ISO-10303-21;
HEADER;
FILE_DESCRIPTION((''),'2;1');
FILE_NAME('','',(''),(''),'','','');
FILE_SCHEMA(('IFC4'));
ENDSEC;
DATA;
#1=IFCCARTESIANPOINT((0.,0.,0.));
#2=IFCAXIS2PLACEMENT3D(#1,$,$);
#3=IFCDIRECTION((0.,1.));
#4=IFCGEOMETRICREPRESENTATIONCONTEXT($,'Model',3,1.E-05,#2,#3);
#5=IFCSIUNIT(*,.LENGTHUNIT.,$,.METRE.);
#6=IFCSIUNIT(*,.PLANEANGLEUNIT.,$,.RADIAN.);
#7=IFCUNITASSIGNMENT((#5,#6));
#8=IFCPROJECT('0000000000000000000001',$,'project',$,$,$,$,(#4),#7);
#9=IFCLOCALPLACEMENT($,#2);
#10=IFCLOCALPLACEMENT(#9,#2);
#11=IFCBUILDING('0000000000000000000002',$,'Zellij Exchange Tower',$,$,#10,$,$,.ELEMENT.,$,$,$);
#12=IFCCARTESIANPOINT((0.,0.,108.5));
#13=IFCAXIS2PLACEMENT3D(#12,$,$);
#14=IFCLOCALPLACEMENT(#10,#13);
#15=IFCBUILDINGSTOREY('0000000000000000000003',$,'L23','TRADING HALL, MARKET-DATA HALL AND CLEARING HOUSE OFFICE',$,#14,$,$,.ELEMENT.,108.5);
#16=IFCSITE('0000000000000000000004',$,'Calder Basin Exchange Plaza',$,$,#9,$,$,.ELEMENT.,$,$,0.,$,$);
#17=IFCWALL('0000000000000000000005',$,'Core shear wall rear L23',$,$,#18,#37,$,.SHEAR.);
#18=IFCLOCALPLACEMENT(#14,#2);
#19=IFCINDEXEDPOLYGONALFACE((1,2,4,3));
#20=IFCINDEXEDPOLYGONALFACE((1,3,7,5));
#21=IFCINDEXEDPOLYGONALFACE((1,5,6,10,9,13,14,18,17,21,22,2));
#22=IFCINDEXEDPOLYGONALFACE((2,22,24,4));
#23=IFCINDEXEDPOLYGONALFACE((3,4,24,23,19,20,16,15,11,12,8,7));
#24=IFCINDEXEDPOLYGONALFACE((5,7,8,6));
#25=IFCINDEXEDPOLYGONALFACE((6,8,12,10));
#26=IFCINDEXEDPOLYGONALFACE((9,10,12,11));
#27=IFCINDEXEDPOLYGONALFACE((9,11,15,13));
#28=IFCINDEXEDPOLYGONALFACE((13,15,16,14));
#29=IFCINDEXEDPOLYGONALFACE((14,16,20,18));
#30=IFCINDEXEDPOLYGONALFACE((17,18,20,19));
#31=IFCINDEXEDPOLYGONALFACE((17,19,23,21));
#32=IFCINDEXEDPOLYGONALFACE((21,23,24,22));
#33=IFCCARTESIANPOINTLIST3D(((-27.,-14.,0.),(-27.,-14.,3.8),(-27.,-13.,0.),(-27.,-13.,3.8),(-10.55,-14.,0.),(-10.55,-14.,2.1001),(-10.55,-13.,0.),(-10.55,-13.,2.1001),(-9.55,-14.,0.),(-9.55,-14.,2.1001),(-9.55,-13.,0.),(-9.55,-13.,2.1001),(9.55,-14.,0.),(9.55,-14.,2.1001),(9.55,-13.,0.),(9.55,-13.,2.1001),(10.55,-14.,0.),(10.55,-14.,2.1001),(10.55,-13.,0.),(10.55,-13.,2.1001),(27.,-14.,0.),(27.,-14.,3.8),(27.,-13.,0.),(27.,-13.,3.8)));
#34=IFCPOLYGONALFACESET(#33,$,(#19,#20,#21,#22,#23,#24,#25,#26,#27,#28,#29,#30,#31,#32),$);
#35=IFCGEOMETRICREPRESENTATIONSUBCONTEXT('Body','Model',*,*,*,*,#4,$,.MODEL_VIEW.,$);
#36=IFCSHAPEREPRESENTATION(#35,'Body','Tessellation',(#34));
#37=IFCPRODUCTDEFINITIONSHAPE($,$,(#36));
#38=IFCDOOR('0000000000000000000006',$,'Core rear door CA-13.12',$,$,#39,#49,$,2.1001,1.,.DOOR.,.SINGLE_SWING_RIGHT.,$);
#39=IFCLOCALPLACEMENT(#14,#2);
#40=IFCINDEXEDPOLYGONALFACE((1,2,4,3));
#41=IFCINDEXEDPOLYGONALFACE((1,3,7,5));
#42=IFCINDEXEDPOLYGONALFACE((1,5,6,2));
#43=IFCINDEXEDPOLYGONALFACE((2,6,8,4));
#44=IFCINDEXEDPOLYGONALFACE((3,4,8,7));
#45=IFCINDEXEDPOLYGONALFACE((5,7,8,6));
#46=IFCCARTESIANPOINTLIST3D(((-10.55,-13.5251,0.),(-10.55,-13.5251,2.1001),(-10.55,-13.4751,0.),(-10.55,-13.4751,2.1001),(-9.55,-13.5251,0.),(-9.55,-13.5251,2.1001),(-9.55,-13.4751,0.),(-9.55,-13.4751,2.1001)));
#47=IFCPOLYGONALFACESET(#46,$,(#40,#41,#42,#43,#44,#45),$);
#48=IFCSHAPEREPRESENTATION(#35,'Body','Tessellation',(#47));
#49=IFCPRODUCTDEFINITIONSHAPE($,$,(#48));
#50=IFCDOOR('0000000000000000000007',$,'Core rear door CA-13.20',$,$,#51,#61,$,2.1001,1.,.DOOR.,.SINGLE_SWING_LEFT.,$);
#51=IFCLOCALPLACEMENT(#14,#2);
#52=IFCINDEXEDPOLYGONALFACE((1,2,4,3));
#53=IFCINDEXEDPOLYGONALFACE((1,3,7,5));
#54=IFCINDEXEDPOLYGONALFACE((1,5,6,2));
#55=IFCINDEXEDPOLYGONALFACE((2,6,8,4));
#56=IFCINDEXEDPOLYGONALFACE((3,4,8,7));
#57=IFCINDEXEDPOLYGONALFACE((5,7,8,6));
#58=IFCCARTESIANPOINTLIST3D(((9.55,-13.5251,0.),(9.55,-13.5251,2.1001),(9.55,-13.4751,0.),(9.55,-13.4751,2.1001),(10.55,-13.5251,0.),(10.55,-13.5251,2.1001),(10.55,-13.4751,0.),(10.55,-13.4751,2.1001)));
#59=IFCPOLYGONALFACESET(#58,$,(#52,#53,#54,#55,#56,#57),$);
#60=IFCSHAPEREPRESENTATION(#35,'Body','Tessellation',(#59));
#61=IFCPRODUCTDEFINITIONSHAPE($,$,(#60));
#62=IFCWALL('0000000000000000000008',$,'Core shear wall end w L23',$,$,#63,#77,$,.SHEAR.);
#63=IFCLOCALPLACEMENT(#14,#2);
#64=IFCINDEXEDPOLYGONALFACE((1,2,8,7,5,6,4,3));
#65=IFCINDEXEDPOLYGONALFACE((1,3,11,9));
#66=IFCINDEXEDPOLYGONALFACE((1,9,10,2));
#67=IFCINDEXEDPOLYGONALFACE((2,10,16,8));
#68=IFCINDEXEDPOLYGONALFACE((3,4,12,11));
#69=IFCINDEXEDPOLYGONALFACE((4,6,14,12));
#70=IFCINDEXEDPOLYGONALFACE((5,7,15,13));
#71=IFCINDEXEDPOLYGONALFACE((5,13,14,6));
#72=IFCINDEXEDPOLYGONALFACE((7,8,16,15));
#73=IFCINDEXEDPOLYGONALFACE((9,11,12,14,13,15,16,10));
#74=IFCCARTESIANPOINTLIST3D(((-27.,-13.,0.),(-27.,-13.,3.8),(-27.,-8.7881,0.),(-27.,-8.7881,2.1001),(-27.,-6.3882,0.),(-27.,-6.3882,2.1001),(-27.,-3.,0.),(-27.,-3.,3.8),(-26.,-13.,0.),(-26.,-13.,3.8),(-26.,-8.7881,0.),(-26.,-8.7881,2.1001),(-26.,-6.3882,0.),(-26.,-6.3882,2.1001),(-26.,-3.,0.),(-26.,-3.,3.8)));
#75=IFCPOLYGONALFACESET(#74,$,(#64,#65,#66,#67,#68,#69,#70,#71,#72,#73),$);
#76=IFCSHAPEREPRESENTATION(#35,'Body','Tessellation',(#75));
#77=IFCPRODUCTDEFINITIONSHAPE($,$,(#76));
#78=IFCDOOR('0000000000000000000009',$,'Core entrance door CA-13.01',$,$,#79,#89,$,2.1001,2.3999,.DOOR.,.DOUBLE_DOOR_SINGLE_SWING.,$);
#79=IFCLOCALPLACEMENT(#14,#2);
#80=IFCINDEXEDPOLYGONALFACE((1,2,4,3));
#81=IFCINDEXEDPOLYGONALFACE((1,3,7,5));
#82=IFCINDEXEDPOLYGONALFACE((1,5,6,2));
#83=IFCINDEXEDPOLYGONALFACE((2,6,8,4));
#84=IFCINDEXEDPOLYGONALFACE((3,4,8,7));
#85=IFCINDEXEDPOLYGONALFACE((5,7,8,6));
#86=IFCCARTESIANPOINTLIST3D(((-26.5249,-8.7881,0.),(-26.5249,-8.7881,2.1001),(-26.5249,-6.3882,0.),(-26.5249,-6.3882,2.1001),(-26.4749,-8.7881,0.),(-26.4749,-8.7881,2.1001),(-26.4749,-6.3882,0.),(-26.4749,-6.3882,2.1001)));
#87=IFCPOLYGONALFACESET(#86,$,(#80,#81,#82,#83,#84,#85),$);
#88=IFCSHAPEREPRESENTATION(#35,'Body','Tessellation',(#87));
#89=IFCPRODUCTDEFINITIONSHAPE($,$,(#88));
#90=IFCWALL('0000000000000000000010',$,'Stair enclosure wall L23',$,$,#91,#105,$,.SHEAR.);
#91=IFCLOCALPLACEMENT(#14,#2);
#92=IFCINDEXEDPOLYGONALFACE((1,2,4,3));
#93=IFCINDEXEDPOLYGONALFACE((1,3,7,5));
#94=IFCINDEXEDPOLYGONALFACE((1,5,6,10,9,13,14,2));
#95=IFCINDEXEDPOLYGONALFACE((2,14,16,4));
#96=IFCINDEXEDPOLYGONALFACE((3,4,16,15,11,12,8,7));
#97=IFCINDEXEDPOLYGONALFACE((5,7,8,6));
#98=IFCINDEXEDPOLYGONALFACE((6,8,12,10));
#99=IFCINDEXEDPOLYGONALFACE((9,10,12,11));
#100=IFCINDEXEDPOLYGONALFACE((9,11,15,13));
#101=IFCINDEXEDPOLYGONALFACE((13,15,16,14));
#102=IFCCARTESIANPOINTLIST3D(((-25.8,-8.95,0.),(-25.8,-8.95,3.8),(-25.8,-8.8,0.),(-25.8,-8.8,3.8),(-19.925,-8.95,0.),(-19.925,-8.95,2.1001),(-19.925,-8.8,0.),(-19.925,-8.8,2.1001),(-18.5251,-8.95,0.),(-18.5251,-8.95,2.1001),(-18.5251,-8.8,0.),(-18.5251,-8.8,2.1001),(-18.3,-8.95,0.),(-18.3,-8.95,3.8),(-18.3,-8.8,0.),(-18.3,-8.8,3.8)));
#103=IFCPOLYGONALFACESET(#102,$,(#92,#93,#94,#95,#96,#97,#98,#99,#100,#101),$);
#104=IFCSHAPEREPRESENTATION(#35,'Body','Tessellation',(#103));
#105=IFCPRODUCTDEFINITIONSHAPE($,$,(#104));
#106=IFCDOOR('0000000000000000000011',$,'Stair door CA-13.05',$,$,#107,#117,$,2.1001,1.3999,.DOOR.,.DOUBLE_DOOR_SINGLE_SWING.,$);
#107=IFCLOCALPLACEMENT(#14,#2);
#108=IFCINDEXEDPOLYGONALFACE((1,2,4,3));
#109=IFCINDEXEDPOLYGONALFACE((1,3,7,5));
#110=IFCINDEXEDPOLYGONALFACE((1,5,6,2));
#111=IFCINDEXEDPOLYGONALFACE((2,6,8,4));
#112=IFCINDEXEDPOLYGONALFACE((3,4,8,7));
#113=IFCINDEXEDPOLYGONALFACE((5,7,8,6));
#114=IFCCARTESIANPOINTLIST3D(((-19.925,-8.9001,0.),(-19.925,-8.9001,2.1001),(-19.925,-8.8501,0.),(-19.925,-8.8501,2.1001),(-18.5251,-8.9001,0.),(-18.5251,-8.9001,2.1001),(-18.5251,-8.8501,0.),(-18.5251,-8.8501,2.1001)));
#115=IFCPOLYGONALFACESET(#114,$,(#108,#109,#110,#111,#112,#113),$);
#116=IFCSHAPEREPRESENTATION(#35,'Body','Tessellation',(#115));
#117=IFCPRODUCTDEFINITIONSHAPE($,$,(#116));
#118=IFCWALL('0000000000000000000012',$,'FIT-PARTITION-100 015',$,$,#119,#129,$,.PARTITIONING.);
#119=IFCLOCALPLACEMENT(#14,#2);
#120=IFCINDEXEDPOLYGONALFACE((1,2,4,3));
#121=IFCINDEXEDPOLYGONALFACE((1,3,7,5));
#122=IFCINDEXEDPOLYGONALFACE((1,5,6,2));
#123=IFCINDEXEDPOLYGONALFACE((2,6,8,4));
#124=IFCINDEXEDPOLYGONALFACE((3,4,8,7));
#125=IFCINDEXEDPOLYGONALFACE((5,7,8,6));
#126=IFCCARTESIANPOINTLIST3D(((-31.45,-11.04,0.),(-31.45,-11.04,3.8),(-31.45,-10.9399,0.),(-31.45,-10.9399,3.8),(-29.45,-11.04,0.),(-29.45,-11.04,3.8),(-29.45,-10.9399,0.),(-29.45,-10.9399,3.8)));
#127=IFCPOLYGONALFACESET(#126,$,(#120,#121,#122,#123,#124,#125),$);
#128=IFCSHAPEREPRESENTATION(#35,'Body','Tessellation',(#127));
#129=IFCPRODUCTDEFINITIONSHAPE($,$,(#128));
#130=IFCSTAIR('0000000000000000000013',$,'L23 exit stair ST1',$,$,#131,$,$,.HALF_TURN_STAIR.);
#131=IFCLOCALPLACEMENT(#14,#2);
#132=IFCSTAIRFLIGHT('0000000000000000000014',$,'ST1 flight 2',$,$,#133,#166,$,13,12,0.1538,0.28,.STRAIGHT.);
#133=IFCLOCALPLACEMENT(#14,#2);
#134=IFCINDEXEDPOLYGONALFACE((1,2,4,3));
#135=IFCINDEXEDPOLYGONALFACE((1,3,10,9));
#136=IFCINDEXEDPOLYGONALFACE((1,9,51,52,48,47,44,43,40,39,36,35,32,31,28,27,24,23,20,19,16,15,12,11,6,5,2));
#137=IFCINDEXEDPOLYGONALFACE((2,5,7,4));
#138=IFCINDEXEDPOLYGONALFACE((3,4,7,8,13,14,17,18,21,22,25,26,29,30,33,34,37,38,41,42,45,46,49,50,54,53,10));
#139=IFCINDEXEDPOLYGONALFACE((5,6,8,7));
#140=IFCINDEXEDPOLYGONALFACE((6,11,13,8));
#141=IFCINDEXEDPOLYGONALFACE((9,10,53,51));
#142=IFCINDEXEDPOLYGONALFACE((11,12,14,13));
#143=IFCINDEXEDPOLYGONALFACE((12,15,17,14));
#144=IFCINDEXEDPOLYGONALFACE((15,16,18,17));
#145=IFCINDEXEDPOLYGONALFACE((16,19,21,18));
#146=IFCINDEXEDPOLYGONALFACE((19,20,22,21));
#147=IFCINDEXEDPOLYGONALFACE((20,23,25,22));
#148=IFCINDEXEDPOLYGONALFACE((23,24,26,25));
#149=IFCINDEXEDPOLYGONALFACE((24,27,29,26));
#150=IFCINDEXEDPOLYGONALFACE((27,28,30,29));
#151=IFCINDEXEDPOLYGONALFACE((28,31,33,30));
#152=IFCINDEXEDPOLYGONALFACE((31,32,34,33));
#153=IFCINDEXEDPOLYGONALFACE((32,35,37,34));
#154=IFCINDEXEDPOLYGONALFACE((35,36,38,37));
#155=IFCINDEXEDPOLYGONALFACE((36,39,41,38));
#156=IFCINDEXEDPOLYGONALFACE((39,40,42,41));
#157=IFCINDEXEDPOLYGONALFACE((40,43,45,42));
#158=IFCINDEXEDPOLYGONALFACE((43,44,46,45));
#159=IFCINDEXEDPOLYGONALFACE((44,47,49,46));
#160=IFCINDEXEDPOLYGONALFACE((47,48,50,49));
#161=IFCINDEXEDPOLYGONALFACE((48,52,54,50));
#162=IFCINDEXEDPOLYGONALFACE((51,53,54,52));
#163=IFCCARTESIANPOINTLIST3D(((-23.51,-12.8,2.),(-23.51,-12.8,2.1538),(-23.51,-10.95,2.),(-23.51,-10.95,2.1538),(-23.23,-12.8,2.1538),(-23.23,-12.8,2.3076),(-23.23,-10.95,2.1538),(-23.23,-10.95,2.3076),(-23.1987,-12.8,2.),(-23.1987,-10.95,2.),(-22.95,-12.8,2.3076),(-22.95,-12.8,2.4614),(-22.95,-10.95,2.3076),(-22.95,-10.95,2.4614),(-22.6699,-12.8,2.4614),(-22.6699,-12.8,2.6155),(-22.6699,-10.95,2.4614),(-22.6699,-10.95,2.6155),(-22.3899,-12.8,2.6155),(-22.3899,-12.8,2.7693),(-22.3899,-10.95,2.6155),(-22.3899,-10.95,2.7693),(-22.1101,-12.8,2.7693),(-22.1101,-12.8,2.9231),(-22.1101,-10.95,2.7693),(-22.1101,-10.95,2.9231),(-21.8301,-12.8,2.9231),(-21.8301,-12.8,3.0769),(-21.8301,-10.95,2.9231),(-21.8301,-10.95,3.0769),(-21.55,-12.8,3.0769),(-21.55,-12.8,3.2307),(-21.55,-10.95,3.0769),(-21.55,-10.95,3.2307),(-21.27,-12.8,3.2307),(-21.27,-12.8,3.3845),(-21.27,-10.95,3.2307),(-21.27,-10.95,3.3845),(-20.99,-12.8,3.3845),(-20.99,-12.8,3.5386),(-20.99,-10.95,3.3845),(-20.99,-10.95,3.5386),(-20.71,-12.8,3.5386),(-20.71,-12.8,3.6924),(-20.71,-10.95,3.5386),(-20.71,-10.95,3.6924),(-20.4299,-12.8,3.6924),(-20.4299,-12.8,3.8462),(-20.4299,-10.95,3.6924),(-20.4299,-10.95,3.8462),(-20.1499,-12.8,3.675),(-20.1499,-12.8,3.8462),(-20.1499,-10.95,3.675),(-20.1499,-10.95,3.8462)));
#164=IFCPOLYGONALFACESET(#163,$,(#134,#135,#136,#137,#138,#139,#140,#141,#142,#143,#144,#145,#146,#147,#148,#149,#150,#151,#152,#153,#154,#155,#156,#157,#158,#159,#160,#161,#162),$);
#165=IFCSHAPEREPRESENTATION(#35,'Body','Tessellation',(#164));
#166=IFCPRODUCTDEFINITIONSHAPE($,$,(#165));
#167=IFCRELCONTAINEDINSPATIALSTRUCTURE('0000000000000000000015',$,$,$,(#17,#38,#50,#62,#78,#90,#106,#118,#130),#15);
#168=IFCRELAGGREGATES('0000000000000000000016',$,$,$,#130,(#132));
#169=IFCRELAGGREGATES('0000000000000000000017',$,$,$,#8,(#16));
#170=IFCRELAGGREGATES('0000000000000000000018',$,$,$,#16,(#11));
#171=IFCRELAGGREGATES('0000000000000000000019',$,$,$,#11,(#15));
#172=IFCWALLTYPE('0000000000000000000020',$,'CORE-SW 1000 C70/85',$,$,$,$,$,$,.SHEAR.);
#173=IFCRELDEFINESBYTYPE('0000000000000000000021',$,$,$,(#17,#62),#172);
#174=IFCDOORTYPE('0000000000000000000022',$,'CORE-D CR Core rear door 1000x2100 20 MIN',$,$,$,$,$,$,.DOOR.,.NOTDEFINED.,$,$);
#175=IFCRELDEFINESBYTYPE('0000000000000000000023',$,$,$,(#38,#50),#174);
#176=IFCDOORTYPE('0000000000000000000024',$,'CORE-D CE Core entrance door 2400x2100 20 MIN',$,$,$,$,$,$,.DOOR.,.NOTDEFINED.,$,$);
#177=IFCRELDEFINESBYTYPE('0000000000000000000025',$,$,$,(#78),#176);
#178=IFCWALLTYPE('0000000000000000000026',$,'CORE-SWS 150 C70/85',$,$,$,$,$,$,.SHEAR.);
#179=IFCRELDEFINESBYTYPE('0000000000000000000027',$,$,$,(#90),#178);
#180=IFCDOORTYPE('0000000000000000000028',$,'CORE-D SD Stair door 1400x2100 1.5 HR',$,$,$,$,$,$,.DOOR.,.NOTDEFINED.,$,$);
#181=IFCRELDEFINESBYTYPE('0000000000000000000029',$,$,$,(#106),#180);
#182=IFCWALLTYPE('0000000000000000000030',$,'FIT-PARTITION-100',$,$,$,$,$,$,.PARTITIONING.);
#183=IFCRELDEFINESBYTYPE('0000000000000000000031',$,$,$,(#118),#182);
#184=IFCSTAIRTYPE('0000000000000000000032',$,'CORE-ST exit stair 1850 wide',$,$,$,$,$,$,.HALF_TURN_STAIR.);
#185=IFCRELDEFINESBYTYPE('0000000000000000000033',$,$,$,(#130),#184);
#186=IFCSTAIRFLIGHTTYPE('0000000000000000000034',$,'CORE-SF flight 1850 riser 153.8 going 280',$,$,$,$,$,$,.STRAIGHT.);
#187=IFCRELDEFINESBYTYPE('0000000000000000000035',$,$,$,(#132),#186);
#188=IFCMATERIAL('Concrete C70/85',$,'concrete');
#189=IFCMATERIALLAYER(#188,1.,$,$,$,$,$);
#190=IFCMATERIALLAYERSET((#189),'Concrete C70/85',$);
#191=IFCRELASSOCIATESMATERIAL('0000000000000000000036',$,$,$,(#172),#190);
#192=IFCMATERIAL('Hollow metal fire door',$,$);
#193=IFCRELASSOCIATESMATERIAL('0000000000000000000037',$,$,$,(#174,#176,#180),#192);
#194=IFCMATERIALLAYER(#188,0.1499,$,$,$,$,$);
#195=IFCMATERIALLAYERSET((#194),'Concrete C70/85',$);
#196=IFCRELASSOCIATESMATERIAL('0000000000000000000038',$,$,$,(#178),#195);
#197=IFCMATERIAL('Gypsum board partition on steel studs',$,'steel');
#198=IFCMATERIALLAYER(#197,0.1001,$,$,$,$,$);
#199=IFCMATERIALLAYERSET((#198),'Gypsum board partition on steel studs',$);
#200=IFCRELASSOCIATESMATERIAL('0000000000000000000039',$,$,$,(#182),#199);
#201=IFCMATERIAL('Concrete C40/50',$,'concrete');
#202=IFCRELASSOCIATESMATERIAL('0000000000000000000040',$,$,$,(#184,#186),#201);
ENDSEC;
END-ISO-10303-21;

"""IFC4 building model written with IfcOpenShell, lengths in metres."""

from ifc_helpers import new_model, si_unit, direction, frame, frame_2d, origin, place, context, subcontext, project, spatial, polyline, rectangle, outline, extrude, material, layer, layer_set, type_object, element, fill, aggregate, save


model = new_model("IFC4")

# Units and contexts
model_context = context("Model", 3, precision=1e-05, world=origin(), true_north=direction((0.0, 1.0)))
body_context = subcontext(model_context, "Body", "Model", "MODEL_VIEW")
ifc_project = project(units=[si_unit("LENGTHUNIT", "METRE"), si_unit("PLANEANGLEUNIT", "RADIAN")], contexts=[model_context])

# Site, building, storey
site_placement = place(None, origin())
site = spatial("IfcSite", under=ifc_project, at=site_placement, Name="Calder Basin Exchange Plaza", CompositionType="ELEMENT", RefElevation=0.0)
building_placement = place(site_placement, origin())
building = spatial("IfcBuilding", under=site, at=building_placement, Name="Zellij Exchange Tower", CompositionType="ELEMENT")
storey_placement = place(building_placement, frame((0.0, 0.0, 108.5)))
storey = spatial("IfcBuildingStorey", under=building, at=storey_placement, Name="L23", Description="TRADING HALL, MARKET-DATA HALL AND CLEARING HOUSE OFFICE", CompositionType="ELEMENT", Elevation=108.5)

# Wall, openings, doors
ifc_material_1 = material(Name="Hollow metal fire door")
ifc_material_2 = material(Name="Concrete C70/85", Category="concrete")
ifc_layer_1 = layer(ifc_material_2, 1.0)
ifc_layer_set_1 = layer_set([ifc_layer_1], Name="Concrete C70/85")
wall_type_1 = type_object("IfcWallType", Name="CORE-SW 1000 C70/85", PredefinedType="SHEAR", material=ifc_layer_set_1)
wall_1_placement = place(storey_placement, frame((-27.0, -13.5, 0.0), z_axis=(0.0, 0.0, 1.0), x_axis=(1.0, 0.0, 0.0)))
wall_1 = element("IfcWall", 1, at=wall_1_placement, inside=storey, type_object=wall_type_1, Name="Core shear wall rear L23", PredefinedType="SHEAR", context=body_context, shape_type="SweptSolid", body=[
    extrude(rectangle(XDim=54.0, YDim=1.0, at=frame_2d((27.0, 0.0))), origin(), (0.0, 0.0, 1.0), 3.8),
])
opening_1_placement = place(wall_1_placement, frame((16.45, 0.0, 0.0)))
opening_1 = element("IfcOpeningElement", 2, at=opening_1_placement, cuts=wall_1, PredefinedType="OPENING", context=body_context, shape_type="SweptSolid", body=[
    extrude(rectangle(XDim=1.0, YDim=2.1001, at=frame_2d((0.5, 1.05))), frame((0.0, 0.512, 0.0), z_axis=(0.0, -1.0, 0.0), x_axis=(1.0, 0.0, 0.0)), (0.0, 0.0, 1.0), 1.0239),
])
opening_2_placement = place(wall_1_placement, frame((36.55, 0.0, 0.0)))
opening_2 = element("IfcOpeningElement", 3, at=opening_2_placement, cuts=wall_1, PredefinedType="OPENING", context=body_context, shape_type="SweptSolid", body=[
    extrude(rectangle(XDim=1.0, YDim=2.1001, at=frame_2d((0.5, 1.05))), frame((0.0, 0.512, 0.0), z_axis=(0.0, -1.0, 0.0), x_axis=(1.0, 0.0, 0.0)), (0.0, 0.0, 1.0), 1.0239),
])
door_type_1 = type_object("IfcDoorType", Name="CORE-D CR Core rear door 1000x2100 20 MIN", OperationType="NOTDEFINED", PredefinedType="DOOR", material=ifc_material_1)
door_1_placement = place(opening_1_placement, origin())
door_1 = element("IfcDoor", 4, at=door_1_placement, inside=storey, type_object=door_type_1, Name="Core rear door CA-13.12", OperationType="SINGLE_SWING_RIGHT", OverallHeight=2.1001, OverallWidth=1.0, PredefinedType="DOOR", context=body_context, shape_type="SweptSolid", body=[
    extrude(rectangle(XDim=1.0, YDim=2.1001, at=frame_2d((0.5, 1.05))), frame((0.0, 0.0249, 0.0), z_axis=(0.0, -1.0, 0.0), x_axis=(1.0, 0.0, 0.0)), (0.0, 0.0, 1.0), 0.05),
])
fill(opening_1, door_1)
door_2_placement = place(opening_2_placement, origin())
door_2 = element("IfcDoor", 5, at=door_2_placement, inside=storey, type_object=door_type_1, Name="Core rear door CA-13.20", OperationType="SINGLE_SWING_LEFT", OverallHeight=2.1001, OverallWidth=1.0, PredefinedType="DOOR", context=body_context, shape_type="SweptSolid", body=[
    extrude(rectangle(XDim=1.0, YDim=2.1001, at=frame_2d((0.5, 1.05))), frame((0.0, 0.0249, 0.0), z_axis=(0.0, -1.0, 0.0), x_axis=(1.0, 0.0, 0.0)), (0.0, 0.0, 1.0), 0.05),
])
fill(opening_2, door_2)

# Walls, openings, doors
wall_2_placement = place(storey_placement, frame((-26.5, -13.0, 0.0), z_axis=(0.0, 0.0, 1.0), x_axis=(0.0, 1.0, 0.0)))
wall_2 = element("IfcWall", 6, at=wall_2_placement, inside=storey, type_object=wall_type_1, Name="Core shear wall end w L23", PredefinedType="SHEAR", context=body_context, shape_type="SweptSolid", body=[
    extrude(rectangle(XDim=10.0, YDim=1.0, at=frame_2d((5.0, 0.0))), origin(), (0.0, 0.0, 1.0), 3.8),
])
opening_3_placement = place(wall_2_placement, frame((4.2119, 0.0, 0.0)))
opening_3 = element("IfcOpeningElement", 7, at=opening_3_placement, cuts=wall_2, PredefinedType="OPENING", context=body_context, shape_type="SweptSolid", body=[
    extrude(rectangle(XDim=2.3999, YDim=2.1001, at=frame_2d((1.2, 1.05))), frame((0.0, 0.512, 0.0), z_axis=(0.0, -1.0, 0.0), x_axis=(1.0, 0.0, 0.0)), (0.0, 0.0, 1.0), 1.0239),
])
door_type_2 = type_object("IfcDoorType", Name="CORE-D CE Core entrance door 2400x2100 20 MIN", OperationType="NOTDEFINED", PredefinedType="DOOR", material=ifc_material_1)
door_3_placement = place(opening_3_placement, origin())
door_3 = element("IfcDoor", 8, at=door_3_placement, inside=storey, type_object=door_type_2, Name="Core entrance door CA-13.01", OperationType="DOUBLE_DOOR_SINGLE_SWING", OverallHeight=2.1001, OverallWidth=2.3999, PredefinedType="DOOR", context=body_context, shape_type="SweptSolid", body=[
    extrude(rectangle(XDim=2.3999, YDim=2.1001, at=frame_2d((1.2, 1.05))), frame((0.0, 0.0249, 0.0), z_axis=(0.0, -1.0, 0.0), x_axis=(1.0, 0.0, 0.0)), (0.0, 0.0, 1.0), 0.05),
])
fill(opening_3, door_3)
ifc_layer_2 = layer(ifc_material_2, 0.1499)
ifc_layer_set_2 = layer_set([ifc_layer_2], Name="Concrete C70/85")
wall_type_2 = type_object("IfcWallType", Name="CORE-SWS 150 C70/85", PredefinedType="SHEAR", material=ifc_layer_set_2)
wall_3_placement = place(storey_placement, frame((-25.8, -8.875, 0.0), z_axis=(0.0, 0.0, 1.0), x_axis=(1.0, 0.0, 0.0)))
wall_3 = element("IfcWall", 9, at=wall_3_placement, inside=storey, type_object=wall_type_2, Name="Stair enclosure wall L23", PredefinedType="SHEAR", context=body_context, shape_type="SweptSolid", body=[
    extrude(rectangle(XDim=7.5, YDim=0.1499, at=frame_2d((3.75, 0.0))), origin(), (0.0, 0.0, 1.0), 3.8),
])
opening_4_placement = place(wall_3_placement, frame((5.875, 0.0, 0.0)))
opening_4 = element("IfcOpeningElement", 10, at=opening_4_placement, cuts=wall_3, PredefinedType="OPENING", context=body_context, shape_type="SweptSolid", body=[
    extrude(rectangle(XDim=1.3999, YDim=2.1001, at=frame_2d((0.7, 1.05))), frame((0.0, 0.0869, 0.0), z_axis=(0.0, -1.0, 0.0), x_axis=(1.0, 0.0, 0.0)), (0.0, 0.0, 1.0), 0.1738),
])
door_type_3 = type_object("IfcDoorType", Name="CORE-D SD Stair door 1400x2100 1.5 HR", OperationType="NOTDEFINED", PredefinedType="DOOR", material=ifc_material_1)
door_4_placement = place(opening_4_placement, origin())
door_4 = element("IfcDoor", 11, at=door_4_placement, inside=storey, type_object=door_type_3, Name="Stair door CA-13.05", OperationType="DOUBLE_DOOR_SINGLE_SWING", OverallHeight=2.1001, OverallWidth=1.3999, PredefinedType="DOOR", context=body_context, shape_type="SweptSolid", body=[
    extrude(rectangle(XDim=1.3999, YDim=2.1001, at=frame_2d((0.7, 1.05))), frame((0.0, 0.0249, 0.0), z_axis=(0.0, -1.0, 0.0), x_axis=(1.0, 0.0, 0.0)), (0.0, 0.0, 1.0), 0.05),
])
fill(opening_4, door_4)

# Wall
ifc_material_3 = material(Name="Gypsum board partition on steel studs", Category="steel")
ifc_layer_3 = layer(ifc_material_3, 0.1001)
ifc_layer_set_3 = layer_set([ifc_layer_3], Name="Gypsum board partition on steel studs")
wall_type_3 = type_object("IfcWallType", Name="FIT-PARTITION-100", PredefinedType="PARTITIONING", material=ifc_layer_set_3)
wall_4_placement = place(storey_placement, frame((-31.45, -10.99, 0.0), z_axis=(0.0, 0.0, 1.0), x_axis=(1.0, 0.0, 0.0)))
element("IfcWall", 12, at=wall_4_placement, inside=storey, type_object=wall_type_3, Name="FIT-PARTITION-100 015", PredefinedType="PARTITIONING", context=body_context, shape_type="SweptSolid", body=[
    extrude(rectangle(XDim=2.0, YDim=0.1001, at=frame_2d((1.0, 0.0))), origin(), (0.0, 0.0, 1.0), 3.8),
])

# Stair, stair flight
ifc_material_4 = material(Name="Concrete C40/50", Category="concrete")
stair_type = type_object("IfcStairType", Name="CORE-ST exit stair 1850 wide", PredefinedType="HALF_TURN_STAIR", material=ifc_material_4)
stair_placement = place(storey_placement, origin())
stair = element("IfcStair", 13, at=stair_placement, inside=storey, type_object=stair_type, Name="L23 exit stair ST1", PredefinedType="HALF_TURN_STAIR")
stair_flight_type = type_object("IfcStairFlightType", Name="CORE-SF flight 1850 riser 153.8 going 280", PredefinedType="STRAIGHT", material=ifc_material_4)
stair_flight_placement = place(storey_placement, frame((-23.51, -11.875, 2.0), z_axis=(0.0, 0.0, 1.0), x_axis=(1.0, 0.0, 0.0)))
stair_flight = element("IfcStairFlight", 14, at=stair_flight_placement, type_object=stair_flight_type, Name="ST1 flight 2", NumberOfRisers=13, NumberOfTreads=12, PredefinedType="STRAIGHT", RiserHeight=0.1538, TreadLength=0.28, context=body_context, shape_type="SweptSolid", body=[
    extrude(outline(polyline([(0.0, 0.0), (0.0, 0.1538), (0.28, 0.1538), (0.28, 0.3076), (0.5601, 0.3076), (0.5601, 0.4614), (0.8401, 0.4614), (0.8401, 0.6155), (1.1201, 0.6155), (1.1201, 0.7693), (1.3999, 0.7693), (1.3999, 0.9231), (1.6799, 0.9231), (1.6799, 1.0769), (1.96, 1.0769), (1.96, 1.2307), (2.24, 1.2307), (2.24, 1.3845), (2.52, 1.3845), (2.52, 1.5386), (2.8, 1.5386), (2.8, 1.6924), (3.0801, 1.6924), (3.0801, 1.8462), (3.3601, 1.8462), (3.3601, 2.0), (3.3601, 1.675), (0.3113, 0.0), (0.0, 0.0)])), frame((0.0, 0.925, 0.0), z_axis=(0.0, -1.0, 0.0), x_axis=(1.0, 0.0, 0.0)), (0.0, 0.0, 1.0), 1.8501),
])
aggregate(stair, [stair_flight])

save(model, "model.ifc")
